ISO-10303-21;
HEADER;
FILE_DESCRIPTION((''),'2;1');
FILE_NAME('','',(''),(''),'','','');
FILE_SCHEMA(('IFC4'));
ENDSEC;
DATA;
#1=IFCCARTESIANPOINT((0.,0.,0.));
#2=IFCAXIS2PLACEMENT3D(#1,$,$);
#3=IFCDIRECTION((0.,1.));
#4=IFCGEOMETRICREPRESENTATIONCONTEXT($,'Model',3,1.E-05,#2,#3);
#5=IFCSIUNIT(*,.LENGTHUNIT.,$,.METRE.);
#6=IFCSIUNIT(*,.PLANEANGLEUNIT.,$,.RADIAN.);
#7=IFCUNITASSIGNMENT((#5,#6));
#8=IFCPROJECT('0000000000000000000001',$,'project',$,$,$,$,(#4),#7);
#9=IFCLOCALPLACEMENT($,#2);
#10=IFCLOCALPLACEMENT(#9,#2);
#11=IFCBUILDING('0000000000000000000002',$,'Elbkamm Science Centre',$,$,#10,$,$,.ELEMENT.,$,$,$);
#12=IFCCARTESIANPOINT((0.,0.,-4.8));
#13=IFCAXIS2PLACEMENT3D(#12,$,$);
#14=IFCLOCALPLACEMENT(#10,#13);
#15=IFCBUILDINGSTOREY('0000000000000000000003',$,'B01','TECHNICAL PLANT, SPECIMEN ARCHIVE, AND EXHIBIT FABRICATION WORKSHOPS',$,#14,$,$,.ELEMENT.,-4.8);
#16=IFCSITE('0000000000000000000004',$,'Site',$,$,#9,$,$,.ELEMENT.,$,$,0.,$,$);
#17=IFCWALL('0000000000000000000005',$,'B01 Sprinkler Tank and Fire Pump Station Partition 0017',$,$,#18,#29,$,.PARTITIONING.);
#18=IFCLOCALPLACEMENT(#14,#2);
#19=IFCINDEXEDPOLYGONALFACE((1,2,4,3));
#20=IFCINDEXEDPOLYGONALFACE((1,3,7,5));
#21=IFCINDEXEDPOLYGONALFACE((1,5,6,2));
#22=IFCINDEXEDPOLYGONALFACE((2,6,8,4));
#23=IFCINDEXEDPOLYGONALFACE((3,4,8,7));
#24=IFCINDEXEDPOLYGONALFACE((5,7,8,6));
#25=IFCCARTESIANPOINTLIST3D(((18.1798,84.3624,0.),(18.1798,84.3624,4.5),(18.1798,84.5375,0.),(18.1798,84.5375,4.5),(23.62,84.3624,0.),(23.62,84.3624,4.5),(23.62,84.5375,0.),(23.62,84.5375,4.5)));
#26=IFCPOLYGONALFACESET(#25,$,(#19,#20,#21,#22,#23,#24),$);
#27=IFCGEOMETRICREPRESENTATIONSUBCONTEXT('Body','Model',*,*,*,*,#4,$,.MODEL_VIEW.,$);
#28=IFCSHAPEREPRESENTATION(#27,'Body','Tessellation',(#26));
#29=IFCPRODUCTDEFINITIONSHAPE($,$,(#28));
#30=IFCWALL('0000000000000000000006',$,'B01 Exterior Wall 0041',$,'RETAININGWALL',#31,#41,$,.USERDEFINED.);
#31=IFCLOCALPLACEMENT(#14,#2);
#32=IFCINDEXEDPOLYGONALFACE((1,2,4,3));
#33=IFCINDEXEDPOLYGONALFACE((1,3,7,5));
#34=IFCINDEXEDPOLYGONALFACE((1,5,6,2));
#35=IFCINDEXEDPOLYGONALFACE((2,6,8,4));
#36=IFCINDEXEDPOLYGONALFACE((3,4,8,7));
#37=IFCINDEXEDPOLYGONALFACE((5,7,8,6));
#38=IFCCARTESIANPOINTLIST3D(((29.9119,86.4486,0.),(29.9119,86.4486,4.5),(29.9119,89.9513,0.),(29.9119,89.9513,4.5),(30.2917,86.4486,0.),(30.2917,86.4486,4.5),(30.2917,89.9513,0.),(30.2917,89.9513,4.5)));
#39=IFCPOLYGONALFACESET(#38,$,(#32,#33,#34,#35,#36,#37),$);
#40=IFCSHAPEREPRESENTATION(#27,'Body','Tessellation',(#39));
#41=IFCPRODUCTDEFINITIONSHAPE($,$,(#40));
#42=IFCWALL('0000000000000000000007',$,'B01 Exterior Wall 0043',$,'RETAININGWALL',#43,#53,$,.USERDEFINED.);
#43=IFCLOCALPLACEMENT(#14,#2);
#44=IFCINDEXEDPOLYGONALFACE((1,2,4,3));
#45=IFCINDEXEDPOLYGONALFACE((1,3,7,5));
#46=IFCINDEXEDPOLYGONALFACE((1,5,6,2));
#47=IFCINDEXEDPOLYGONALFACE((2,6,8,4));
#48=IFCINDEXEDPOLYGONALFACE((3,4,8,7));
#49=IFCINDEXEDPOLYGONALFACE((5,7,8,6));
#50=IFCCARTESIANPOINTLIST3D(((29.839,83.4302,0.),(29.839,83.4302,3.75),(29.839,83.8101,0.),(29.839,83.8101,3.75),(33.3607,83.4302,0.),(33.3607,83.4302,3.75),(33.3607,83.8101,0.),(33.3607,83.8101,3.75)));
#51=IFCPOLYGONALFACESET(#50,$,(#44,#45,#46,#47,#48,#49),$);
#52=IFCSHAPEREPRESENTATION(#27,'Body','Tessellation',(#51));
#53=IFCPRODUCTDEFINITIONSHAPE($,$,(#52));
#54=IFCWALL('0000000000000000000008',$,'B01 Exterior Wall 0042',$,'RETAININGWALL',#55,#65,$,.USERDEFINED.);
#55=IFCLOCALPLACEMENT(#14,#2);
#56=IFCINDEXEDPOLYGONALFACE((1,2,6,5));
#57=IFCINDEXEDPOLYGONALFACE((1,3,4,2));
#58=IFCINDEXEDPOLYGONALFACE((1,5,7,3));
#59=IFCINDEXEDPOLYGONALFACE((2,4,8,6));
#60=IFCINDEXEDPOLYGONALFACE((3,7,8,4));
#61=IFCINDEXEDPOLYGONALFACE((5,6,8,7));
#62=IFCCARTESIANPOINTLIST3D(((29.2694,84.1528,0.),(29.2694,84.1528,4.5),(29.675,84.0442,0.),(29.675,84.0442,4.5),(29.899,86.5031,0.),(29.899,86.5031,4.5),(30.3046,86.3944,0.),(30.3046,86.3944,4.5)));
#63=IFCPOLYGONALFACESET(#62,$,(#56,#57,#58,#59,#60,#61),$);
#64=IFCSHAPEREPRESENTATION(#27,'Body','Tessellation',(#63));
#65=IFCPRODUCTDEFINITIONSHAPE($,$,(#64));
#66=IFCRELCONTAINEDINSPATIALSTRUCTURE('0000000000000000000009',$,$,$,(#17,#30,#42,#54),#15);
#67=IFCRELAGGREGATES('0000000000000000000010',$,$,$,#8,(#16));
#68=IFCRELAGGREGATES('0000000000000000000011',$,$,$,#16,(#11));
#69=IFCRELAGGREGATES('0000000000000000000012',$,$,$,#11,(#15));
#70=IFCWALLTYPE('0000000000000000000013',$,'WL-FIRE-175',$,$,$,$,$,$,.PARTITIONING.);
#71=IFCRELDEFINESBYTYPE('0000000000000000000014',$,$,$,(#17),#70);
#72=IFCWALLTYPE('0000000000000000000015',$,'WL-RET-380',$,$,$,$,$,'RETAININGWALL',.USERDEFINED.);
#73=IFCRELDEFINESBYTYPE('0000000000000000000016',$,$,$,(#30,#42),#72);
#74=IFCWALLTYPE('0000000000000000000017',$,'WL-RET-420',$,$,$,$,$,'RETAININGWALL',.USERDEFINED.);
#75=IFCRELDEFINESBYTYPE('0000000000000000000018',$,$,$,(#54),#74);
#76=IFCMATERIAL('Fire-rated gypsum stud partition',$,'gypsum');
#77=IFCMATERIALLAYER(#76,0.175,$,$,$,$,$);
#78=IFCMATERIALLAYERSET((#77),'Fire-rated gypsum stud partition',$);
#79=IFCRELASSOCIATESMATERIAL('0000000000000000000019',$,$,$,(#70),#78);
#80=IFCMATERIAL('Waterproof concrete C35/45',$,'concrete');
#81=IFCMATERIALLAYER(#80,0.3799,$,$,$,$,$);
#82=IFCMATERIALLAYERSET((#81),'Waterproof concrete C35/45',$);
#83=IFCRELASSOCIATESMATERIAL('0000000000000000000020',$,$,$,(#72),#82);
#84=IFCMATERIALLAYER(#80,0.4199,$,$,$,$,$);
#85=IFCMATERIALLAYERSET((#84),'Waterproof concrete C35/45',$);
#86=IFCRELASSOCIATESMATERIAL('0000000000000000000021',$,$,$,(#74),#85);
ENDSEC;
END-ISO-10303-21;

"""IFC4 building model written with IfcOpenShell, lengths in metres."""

from ifc_helpers import new_model, si_unit, direction, frame, frame_2d, origin, place, context, subcontext, project, spatial, rectangle, extrude, material, layer, layer_set, type_object, element, save


model = new_model("IFC4")

# Units and contexts
model_context = context("Model", 3, precision=1e-05, world=origin(), true_north=direction((0.0, 1.0)))
body_context = subcontext(model_context, "Body", "Model", "MODEL_VIEW")
ifc_project = project(units=[si_unit("LENGTHUNIT", "METRE"), si_unit("PLANEANGLEUNIT", "RADIAN")], contexts=[model_context])

# Site, building, storey
site_placement = place(None, origin())
site = spatial("IfcSite", under=ifc_project, at=site_placement, Name="Site", CompositionType="ELEMENT", RefElevation=0.0)
building_placement = place(site_placement, origin())
building = spatial("IfcBuilding", under=site, at=building_placement, Name="Elbkamm Science Centre", CompositionType="ELEMENT")
storey_placement = place(building_placement, frame((0.0, 0.0, -4.8)))
storey = spatial("IfcBuildingStorey", under=building, at=storey_placement, Name="B01", Description="TECHNICAL PLANT, SPECIMEN ARCHIVE, AND EXHIBIT FABRICATION WORKSHOPS", CompositionType="ELEMENT", Elevation=-4.8)

# Wall
ifc_material_1 = material(Name="Fire-rated gypsum stud partition", Category="gypsum")
ifc_layer_1 = layer(ifc_material_1, 0.175)
ifc_layer_set_1 = layer_set([ifc_layer_1], Name="Fire-rated gypsum stud partition")
wall_type_1 = type_object("IfcWallType", Name="WL-FIRE-175", PredefinedType="PARTITIONING", material=ifc_layer_set_1)
wall_1_placement = place(storey_placement, frame((23.6201, 84.45, 0.0), z_axis=(0.0, 0.0, 1.0), x_axis=(-1.0, 0.0, 0.0)))
element("IfcWall", 1, at=wall_1_placement, inside=storey, type_object=wall_type_1, Name="B01 Sprinkler Tank and Fire Pump Station Partition 0017", PredefinedType="PARTITIONING", context=body_context, shape_type="SweptSolid", body=[
    extrude(rectangle(XDim=5.4402, YDim=0.175, at=frame_2d((2.7202, 0.0))), origin(), (0.0, 0.0, 1.0), 4.5),
])

# Walls
ifc_material_2 = material(Name="Waterproof concrete C35/45", Category="concrete")
ifc_layer_2 = layer(ifc_material_2, 0.3799)
ifc_layer_set_2 = layer_set([ifc_layer_2], Name="Waterproof concrete C35/45")
wall_type_2 = type_object("IfcWallType", Name="WL-RET-380", ElementType="RETAININGWALL", PredefinedType="USERDEFINED", material=ifc_layer_set_2)
wall_2_placement = place(storey_placement, frame((30.1018, 89.9514, 0.0), z_axis=(0.0, 0.0, 1.0), x_axis=(0.0, -1.0, 0.0)))
element("IfcWall", 2, at=wall_2_placement, inside=storey, type_object=wall_type_2, Name="B01 Exterior Wall 0041", ObjectType="RETAININGWALL", PredefinedType="USERDEFINED", context=body_context, shape_type="SweptSolid", body=[
    extrude(rectangle(XDim=3.5027, YDim=0.3799, at=frame_2d((1.7515, 0.0))), origin(), (0.0, 0.0, 1.0), 4.5),
])
wall_3_placement = place(storey_placement, frame((29.8391, 83.6201, 0.0), z_axis=(0.0, 0.0, 1.0), x_axis=(1.0, 0.0, 0.0)))
element("IfcWall", 3, at=wall_3_placement, inside=storey, type_object=wall_type_2, Name="B01 Exterior Wall 0043", ObjectType="RETAININGWALL", PredefinedType="USERDEFINED", context=body_context, shape_type="SweptSolid", body=[
    extrude(rectangle(XDim=3.5217, YDim=0.3799, at=frame_2d((1.7607, 0.0))), origin(), (0.0, 0.0, 1.0), 3.75),
])
ifc_layer_3 = layer(ifc_material_2, 0.4199)
ifc_layer_set_3 = layer_set([ifc_layer_3], Name="Waterproof concrete C35/45")
wall_type_3 = type_object("IfcWallType", Name="WL-RET-420", ElementType="RETAININGWALL", PredefinedType="USERDEFINED", material=ifc_layer_set_3)
wall_4_placement = place(storey_placement, frame((30.1018, 86.4487, 0.0), z_axis=(0.0, 0.0, 1.0), x_axis=(-0.258768, -0.96594, 0.0)))
element("IfcWall", 4, at=wall_4_placement, inside=storey, type_object=wall_type_3, Name="B01 Exterior Wall 0042", ObjectType="RETAININGWALL", PredefinedType="USERDEFINED", context=body_context, shape_type="SweptSolid", body=[
    extrude(rectangle(XDim=2.4331, YDim=0.4199, at=frame_2d((1.2166, 0.0))), origin(), (0.0, 0.0, 1.0), 4.5),
])

save(model, "model.ifc")
